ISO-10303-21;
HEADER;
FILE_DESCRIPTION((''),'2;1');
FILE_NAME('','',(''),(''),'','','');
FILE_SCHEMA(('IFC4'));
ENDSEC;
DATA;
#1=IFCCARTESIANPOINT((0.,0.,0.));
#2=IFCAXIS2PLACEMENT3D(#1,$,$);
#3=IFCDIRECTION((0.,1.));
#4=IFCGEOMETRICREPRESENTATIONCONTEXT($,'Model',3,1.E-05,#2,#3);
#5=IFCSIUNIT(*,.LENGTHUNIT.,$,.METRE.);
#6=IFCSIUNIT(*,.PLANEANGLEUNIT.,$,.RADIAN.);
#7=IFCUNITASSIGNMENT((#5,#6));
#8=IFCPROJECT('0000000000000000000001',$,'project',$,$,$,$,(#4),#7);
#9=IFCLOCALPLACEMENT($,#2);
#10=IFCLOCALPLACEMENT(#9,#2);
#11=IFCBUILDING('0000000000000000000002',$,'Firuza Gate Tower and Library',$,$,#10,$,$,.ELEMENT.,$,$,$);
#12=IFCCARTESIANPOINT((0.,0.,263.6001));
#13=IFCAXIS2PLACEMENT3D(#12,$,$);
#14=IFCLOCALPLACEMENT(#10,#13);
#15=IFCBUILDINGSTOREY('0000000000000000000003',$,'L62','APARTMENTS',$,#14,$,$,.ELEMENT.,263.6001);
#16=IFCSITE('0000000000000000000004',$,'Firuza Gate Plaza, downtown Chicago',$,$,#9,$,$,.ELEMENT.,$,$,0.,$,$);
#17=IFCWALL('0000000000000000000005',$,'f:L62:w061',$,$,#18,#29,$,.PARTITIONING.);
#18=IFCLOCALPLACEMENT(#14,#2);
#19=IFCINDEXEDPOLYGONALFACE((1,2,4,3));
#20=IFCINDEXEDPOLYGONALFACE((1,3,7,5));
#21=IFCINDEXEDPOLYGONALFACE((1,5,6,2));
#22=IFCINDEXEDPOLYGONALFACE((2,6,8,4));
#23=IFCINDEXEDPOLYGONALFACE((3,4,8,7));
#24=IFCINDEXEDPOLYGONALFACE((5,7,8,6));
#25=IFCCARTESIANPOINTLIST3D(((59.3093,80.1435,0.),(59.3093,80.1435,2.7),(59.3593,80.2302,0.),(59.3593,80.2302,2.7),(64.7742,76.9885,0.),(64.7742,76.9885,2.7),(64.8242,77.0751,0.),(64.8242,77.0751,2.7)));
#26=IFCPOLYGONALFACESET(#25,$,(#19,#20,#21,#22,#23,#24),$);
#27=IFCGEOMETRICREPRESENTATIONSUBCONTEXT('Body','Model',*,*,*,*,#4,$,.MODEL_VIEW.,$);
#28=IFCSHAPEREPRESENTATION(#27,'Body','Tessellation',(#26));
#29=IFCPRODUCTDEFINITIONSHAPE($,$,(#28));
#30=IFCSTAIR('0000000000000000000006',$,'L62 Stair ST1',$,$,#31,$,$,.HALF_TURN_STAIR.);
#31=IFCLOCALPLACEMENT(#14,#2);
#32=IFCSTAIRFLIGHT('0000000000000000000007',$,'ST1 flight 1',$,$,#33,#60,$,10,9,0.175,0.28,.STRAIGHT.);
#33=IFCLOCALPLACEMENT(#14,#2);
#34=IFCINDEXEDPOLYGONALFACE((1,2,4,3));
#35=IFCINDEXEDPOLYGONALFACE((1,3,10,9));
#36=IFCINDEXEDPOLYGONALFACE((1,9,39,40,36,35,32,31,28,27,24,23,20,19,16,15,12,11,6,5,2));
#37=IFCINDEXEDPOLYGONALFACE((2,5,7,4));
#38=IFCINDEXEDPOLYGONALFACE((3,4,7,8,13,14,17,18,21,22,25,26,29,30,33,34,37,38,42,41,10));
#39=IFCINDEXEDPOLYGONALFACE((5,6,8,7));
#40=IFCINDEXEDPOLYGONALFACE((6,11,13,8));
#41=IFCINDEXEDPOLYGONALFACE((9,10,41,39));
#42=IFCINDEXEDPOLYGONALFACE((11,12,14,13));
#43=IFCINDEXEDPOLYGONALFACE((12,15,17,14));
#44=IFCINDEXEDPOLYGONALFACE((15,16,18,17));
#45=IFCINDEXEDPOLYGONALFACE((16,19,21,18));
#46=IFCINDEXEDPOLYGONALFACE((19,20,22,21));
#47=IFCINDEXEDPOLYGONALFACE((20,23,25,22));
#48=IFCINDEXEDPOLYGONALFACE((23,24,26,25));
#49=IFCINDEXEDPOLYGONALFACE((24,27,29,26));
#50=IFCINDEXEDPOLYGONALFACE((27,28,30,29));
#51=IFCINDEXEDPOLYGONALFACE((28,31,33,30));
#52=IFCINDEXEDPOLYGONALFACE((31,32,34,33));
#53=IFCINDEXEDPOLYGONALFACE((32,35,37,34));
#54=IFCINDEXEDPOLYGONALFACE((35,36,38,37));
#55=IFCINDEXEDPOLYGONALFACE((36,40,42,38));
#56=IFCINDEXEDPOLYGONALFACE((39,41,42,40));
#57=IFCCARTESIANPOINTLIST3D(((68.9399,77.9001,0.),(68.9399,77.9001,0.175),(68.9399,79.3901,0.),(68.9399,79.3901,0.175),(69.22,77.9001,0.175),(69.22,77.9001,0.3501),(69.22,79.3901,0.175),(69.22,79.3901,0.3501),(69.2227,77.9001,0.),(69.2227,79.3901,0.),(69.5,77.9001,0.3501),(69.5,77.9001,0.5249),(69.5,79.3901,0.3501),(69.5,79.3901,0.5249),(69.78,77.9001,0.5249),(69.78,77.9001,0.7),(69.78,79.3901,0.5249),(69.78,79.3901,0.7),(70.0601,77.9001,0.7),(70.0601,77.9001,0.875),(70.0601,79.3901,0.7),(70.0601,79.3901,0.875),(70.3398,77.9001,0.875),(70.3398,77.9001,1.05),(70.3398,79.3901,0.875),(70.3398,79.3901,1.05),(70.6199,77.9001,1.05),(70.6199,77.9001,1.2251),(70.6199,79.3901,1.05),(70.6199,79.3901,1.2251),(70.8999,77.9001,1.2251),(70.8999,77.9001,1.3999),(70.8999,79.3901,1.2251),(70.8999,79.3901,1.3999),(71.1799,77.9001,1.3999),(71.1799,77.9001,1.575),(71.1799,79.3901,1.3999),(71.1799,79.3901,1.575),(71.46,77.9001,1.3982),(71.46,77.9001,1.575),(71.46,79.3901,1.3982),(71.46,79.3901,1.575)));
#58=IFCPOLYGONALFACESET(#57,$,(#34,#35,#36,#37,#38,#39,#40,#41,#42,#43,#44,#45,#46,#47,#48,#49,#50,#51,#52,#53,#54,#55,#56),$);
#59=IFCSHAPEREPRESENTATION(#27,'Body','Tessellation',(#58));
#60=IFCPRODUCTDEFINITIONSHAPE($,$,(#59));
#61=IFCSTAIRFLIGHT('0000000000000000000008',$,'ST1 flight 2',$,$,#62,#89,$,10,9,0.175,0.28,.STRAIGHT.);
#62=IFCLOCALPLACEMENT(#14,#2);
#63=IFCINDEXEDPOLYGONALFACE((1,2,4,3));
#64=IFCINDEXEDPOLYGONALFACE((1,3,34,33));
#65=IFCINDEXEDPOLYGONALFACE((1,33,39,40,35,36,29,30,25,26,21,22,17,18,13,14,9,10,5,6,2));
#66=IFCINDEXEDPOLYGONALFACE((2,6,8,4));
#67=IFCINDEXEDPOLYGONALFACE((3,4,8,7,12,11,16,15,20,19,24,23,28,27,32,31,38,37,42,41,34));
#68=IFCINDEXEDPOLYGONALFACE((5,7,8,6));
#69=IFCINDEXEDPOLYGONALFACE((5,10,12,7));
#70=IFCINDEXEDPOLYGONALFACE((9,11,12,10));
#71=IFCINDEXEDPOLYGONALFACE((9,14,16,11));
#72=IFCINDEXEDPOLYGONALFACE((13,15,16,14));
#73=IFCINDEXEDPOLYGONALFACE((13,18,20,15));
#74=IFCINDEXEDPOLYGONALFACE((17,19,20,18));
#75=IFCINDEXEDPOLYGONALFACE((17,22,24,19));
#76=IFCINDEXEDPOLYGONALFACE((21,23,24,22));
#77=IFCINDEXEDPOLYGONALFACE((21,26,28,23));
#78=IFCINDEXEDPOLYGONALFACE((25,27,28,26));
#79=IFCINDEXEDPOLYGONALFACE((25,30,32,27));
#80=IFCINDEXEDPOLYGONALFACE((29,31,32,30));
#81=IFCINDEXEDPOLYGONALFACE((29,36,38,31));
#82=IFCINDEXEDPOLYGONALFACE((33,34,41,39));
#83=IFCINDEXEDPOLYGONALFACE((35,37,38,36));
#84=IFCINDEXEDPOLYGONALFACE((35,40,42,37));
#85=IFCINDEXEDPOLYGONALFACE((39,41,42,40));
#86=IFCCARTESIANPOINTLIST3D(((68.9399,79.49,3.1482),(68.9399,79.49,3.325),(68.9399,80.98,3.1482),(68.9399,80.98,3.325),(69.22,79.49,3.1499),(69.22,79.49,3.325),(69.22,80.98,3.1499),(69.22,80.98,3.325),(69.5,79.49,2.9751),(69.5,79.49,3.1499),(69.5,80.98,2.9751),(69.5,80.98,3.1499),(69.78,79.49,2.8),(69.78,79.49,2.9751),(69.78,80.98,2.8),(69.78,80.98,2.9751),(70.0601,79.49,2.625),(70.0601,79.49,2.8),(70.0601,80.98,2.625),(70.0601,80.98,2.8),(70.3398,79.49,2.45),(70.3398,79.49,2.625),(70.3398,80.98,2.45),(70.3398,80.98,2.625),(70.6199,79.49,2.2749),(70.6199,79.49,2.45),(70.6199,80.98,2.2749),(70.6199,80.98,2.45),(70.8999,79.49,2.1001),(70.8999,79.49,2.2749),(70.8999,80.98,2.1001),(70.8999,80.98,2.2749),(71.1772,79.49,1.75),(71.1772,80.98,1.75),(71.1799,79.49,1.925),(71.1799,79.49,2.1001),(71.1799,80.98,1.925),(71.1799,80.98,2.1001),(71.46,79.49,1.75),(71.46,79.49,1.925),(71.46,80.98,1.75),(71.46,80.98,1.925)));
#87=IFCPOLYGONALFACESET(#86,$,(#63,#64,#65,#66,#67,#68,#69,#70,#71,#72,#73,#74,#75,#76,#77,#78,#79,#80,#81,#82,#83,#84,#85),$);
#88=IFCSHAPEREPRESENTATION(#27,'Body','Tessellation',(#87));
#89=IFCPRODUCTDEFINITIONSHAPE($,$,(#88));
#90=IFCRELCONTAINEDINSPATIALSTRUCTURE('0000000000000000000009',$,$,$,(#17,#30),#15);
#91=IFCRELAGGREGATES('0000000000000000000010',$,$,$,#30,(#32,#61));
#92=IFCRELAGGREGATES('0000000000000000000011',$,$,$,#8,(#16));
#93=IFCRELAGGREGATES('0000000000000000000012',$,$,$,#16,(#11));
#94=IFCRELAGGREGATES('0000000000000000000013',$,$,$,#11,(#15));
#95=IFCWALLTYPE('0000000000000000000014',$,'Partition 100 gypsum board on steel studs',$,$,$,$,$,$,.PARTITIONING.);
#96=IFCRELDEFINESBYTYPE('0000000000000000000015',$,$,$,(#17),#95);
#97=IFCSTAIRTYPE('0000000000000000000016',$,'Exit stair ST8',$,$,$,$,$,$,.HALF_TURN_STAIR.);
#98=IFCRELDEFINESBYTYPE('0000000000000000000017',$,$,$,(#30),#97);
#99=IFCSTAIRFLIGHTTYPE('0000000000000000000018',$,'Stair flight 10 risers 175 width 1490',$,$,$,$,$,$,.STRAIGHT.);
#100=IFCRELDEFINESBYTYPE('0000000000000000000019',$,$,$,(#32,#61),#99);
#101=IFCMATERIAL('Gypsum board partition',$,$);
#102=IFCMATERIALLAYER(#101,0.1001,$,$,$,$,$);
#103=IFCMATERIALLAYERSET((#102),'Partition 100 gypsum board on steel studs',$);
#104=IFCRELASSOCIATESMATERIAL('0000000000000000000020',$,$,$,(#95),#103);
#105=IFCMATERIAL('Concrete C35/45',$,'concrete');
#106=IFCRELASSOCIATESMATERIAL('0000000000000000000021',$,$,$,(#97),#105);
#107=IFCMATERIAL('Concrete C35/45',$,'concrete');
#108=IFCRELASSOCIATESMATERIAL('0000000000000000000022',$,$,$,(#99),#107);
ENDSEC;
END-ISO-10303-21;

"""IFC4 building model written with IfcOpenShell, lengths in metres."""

from ifc_helpers import new_model, si_unit, direction, frame, frame_2d, origin, place, context, subcontext, project, spatial, polyline, rectangle, outline, extrude, material, layer, layer_set, type_object, element, aggregate, save


model = new_model("IFC4")

# Units and contexts
model_context = context("Model", 3, precision=1e-05, world=origin(), true_north=direction((0.0, 1.0)))
body_context = subcontext(model_context, "Body", "Model", "MODEL_VIEW")
ifc_project = project(units=[si_unit("LENGTHUNIT", "METRE"), si_unit("PLANEANGLEUNIT", "RADIAN")], contexts=[model_context])

# Site, building, storey
site_placement = place(None, origin())
site = spatial("IfcSite", under=ifc_project, at=site_placement, Name="Firuza Gate Plaza, downtown Chicago", CompositionType="ELEMENT", RefElevation=0.0)
building_placement = place(site_placement, origin())
building = spatial("IfcBuilding", under=site, at=building_placement, Name="Firuza Gate Tower and Library", CompositionType="ELEMENT")
storey_placement = place(building_placement, frame((0.0, 0.0, 263.6001)))
storey = spatial("IfcBuildingStorey", under=building, at=storey_placement, Name="L62", Description="APARTMENTS", CompositionType="ELEMENT", Elevation=263.6001)

# Wall
ifc_material_1 = material(Name="Gypsum board partition")
ifc_layer_1 = layer(ifc_material_1, 0.1001)
ifc_layer_set_1 = layer_set([ifc_layer_1], Name="Partition 100 gypsum board on steel studs")
wall_type_1 = type_object("IfcWallType", Name="Partition 100 gypsum board on steel studs", PredefinedType="PARTITIONING", material=ifc_layer_set_1)
wall_1_placement = place(storey_placement, frame((64.7993, 77.0317, 0.0), z_axis=(0.0, 0.0, 1.0), x_axis=(-0.866032, 0.499988, 0.0)))
element("IfcWall", 1, at=wall_1_placement, inside=storey, type_object=wall_type_1, Name="f:L62:w061", PredefinedType="PARTITIONING", context=body_context, shape_type="SweptSolid", body=[
    extrude(rectangle(XDim=6.3103, YDim=0.1001, at=frame_2d((3.1553, 0.0))), origin(), (0.0, 0.0, 1.0), 2.7),
])

# Stair, stair flights
ifc_material_2 = material(Name="Concrete C35/45", Category="concrete")
stair_type = type_object("IfcStairType", Name="Exit stair ST8", PredefinedType="HALF_TURN_STAIR", material=ifc_material_2)
stair_placement = place(storey_placement, origin())
stair = element("IfcStair", 2, at=stair_placement, inside=storey, type_object=stair_type, Name="L62 Stair ST1", PredefinedType="HALF_TURN_STAIR")
ifc_material_3 = material(Name="Concrete C35/45", Category="concrete")
stair_flight_type = type_object("IfcStairFlightType", Name="Stair flight 10 risers 175 width 1490", PredefinedType="STRAIGHT", material=ifc_material_3)
stair_flight_1_placement = place(storey_placement, frame((68.9399, 78.645, 0.0), z_axis=(0.0, 0.0, 1.0), x_axis=(1.0, 0.0, 0.0)))
stair_flight_1 = element("IfcStairFlight", 3, at=stair_flight_1_placement, type_object=stair_flight_type, Name="ST1 flight 1", NumberOfRisers=10, NumberOfTreads=9, PredefinedType="STRAIGHT", RiserHeight=0.175, TreadLength=0.28, context=body_context, shape_type="SweptSolid", body=[
    extrude(outline(polyline([(0.0, 0.0), (0.0, 0.175), (0.28, 0.175), (0.28, 0.3501), (0.5601, 0.3501), (0.5601, 0.5249), (0.8401, 0.5249), (0.8401, 0.7), (1.1201, 0.7), (1.1201, 0.875), (1.3999, 0.875), (1.3999, 1.05), (1.6799, 1.05), (1.6799, 1.2251), (1.96, 1.2251), (1.96, 1.3999), (2.24, 1.3999), (2.24, 1.575), (2.52, 1.575), (2.52, 1.75), (2.52, 1.3982), (0.2827, 0.0), (0.0, 0.0)])), frame((0.0, 0.7451, 0.0), z_axis=(0.0, -1.0, 0.0), x_axis=(1.0, 0.0, 0.0)), (0.0, 0.0, 1.0), 1.49),
])
stair_flight_2_placement = place(storey_placement, frame((71.46, 80.2351, 1.75), z_axis=(0.0, 0.0, 1.0), x_axis=(-1.0, 0.0, 0.0)))
stair_flight_2 = element("IfcStairFlight", 4, at=stair_flight_2_placement, type_object=stair_flight_type, Name="ST1 flight 2", NumberOfRisers=10, NumberOfTreads=9, PredefinedType="STRAIGHT", RiserHeight=0.175, TreadLength=0.28, context=body_context, shape_type="SweptSolid", body=[
    extrude(outline(polyline([(0.0, 0.0), (0.0, 0.175), (0.28, 0.175), (0.28, 0.3501), (0.5601, 0.3501), (0.5601, 0.5249), (0.8401, 0.5249), (0.8401, 0.7), (1.1201, 0.7), (1.1201, 0.875), (1.3999, 0.875), (1.3999, 1.05), (1.6799, 1.05), (1.6799, 1.2251), (1.96, 1.2251), (1.96, 1.3999), (2.24, 1.3999), (2.24, 1.575), (2.52, 1.575), (2.52, 1.75), (2.52, 1.3982), (0.2827, 0.0), (0.0, 0.0)])), frame((0.0, 0.7451, 0.0), z_axis=(0.0, -1.0, 0.0), x_axis=(1.0, 0.0, 0.0)), (0.0, 0.0, 1.0), 1.49),
])
aggregate(stair, [stair_flight_1, stair_flight_2])

save(model, "model.ifc")
